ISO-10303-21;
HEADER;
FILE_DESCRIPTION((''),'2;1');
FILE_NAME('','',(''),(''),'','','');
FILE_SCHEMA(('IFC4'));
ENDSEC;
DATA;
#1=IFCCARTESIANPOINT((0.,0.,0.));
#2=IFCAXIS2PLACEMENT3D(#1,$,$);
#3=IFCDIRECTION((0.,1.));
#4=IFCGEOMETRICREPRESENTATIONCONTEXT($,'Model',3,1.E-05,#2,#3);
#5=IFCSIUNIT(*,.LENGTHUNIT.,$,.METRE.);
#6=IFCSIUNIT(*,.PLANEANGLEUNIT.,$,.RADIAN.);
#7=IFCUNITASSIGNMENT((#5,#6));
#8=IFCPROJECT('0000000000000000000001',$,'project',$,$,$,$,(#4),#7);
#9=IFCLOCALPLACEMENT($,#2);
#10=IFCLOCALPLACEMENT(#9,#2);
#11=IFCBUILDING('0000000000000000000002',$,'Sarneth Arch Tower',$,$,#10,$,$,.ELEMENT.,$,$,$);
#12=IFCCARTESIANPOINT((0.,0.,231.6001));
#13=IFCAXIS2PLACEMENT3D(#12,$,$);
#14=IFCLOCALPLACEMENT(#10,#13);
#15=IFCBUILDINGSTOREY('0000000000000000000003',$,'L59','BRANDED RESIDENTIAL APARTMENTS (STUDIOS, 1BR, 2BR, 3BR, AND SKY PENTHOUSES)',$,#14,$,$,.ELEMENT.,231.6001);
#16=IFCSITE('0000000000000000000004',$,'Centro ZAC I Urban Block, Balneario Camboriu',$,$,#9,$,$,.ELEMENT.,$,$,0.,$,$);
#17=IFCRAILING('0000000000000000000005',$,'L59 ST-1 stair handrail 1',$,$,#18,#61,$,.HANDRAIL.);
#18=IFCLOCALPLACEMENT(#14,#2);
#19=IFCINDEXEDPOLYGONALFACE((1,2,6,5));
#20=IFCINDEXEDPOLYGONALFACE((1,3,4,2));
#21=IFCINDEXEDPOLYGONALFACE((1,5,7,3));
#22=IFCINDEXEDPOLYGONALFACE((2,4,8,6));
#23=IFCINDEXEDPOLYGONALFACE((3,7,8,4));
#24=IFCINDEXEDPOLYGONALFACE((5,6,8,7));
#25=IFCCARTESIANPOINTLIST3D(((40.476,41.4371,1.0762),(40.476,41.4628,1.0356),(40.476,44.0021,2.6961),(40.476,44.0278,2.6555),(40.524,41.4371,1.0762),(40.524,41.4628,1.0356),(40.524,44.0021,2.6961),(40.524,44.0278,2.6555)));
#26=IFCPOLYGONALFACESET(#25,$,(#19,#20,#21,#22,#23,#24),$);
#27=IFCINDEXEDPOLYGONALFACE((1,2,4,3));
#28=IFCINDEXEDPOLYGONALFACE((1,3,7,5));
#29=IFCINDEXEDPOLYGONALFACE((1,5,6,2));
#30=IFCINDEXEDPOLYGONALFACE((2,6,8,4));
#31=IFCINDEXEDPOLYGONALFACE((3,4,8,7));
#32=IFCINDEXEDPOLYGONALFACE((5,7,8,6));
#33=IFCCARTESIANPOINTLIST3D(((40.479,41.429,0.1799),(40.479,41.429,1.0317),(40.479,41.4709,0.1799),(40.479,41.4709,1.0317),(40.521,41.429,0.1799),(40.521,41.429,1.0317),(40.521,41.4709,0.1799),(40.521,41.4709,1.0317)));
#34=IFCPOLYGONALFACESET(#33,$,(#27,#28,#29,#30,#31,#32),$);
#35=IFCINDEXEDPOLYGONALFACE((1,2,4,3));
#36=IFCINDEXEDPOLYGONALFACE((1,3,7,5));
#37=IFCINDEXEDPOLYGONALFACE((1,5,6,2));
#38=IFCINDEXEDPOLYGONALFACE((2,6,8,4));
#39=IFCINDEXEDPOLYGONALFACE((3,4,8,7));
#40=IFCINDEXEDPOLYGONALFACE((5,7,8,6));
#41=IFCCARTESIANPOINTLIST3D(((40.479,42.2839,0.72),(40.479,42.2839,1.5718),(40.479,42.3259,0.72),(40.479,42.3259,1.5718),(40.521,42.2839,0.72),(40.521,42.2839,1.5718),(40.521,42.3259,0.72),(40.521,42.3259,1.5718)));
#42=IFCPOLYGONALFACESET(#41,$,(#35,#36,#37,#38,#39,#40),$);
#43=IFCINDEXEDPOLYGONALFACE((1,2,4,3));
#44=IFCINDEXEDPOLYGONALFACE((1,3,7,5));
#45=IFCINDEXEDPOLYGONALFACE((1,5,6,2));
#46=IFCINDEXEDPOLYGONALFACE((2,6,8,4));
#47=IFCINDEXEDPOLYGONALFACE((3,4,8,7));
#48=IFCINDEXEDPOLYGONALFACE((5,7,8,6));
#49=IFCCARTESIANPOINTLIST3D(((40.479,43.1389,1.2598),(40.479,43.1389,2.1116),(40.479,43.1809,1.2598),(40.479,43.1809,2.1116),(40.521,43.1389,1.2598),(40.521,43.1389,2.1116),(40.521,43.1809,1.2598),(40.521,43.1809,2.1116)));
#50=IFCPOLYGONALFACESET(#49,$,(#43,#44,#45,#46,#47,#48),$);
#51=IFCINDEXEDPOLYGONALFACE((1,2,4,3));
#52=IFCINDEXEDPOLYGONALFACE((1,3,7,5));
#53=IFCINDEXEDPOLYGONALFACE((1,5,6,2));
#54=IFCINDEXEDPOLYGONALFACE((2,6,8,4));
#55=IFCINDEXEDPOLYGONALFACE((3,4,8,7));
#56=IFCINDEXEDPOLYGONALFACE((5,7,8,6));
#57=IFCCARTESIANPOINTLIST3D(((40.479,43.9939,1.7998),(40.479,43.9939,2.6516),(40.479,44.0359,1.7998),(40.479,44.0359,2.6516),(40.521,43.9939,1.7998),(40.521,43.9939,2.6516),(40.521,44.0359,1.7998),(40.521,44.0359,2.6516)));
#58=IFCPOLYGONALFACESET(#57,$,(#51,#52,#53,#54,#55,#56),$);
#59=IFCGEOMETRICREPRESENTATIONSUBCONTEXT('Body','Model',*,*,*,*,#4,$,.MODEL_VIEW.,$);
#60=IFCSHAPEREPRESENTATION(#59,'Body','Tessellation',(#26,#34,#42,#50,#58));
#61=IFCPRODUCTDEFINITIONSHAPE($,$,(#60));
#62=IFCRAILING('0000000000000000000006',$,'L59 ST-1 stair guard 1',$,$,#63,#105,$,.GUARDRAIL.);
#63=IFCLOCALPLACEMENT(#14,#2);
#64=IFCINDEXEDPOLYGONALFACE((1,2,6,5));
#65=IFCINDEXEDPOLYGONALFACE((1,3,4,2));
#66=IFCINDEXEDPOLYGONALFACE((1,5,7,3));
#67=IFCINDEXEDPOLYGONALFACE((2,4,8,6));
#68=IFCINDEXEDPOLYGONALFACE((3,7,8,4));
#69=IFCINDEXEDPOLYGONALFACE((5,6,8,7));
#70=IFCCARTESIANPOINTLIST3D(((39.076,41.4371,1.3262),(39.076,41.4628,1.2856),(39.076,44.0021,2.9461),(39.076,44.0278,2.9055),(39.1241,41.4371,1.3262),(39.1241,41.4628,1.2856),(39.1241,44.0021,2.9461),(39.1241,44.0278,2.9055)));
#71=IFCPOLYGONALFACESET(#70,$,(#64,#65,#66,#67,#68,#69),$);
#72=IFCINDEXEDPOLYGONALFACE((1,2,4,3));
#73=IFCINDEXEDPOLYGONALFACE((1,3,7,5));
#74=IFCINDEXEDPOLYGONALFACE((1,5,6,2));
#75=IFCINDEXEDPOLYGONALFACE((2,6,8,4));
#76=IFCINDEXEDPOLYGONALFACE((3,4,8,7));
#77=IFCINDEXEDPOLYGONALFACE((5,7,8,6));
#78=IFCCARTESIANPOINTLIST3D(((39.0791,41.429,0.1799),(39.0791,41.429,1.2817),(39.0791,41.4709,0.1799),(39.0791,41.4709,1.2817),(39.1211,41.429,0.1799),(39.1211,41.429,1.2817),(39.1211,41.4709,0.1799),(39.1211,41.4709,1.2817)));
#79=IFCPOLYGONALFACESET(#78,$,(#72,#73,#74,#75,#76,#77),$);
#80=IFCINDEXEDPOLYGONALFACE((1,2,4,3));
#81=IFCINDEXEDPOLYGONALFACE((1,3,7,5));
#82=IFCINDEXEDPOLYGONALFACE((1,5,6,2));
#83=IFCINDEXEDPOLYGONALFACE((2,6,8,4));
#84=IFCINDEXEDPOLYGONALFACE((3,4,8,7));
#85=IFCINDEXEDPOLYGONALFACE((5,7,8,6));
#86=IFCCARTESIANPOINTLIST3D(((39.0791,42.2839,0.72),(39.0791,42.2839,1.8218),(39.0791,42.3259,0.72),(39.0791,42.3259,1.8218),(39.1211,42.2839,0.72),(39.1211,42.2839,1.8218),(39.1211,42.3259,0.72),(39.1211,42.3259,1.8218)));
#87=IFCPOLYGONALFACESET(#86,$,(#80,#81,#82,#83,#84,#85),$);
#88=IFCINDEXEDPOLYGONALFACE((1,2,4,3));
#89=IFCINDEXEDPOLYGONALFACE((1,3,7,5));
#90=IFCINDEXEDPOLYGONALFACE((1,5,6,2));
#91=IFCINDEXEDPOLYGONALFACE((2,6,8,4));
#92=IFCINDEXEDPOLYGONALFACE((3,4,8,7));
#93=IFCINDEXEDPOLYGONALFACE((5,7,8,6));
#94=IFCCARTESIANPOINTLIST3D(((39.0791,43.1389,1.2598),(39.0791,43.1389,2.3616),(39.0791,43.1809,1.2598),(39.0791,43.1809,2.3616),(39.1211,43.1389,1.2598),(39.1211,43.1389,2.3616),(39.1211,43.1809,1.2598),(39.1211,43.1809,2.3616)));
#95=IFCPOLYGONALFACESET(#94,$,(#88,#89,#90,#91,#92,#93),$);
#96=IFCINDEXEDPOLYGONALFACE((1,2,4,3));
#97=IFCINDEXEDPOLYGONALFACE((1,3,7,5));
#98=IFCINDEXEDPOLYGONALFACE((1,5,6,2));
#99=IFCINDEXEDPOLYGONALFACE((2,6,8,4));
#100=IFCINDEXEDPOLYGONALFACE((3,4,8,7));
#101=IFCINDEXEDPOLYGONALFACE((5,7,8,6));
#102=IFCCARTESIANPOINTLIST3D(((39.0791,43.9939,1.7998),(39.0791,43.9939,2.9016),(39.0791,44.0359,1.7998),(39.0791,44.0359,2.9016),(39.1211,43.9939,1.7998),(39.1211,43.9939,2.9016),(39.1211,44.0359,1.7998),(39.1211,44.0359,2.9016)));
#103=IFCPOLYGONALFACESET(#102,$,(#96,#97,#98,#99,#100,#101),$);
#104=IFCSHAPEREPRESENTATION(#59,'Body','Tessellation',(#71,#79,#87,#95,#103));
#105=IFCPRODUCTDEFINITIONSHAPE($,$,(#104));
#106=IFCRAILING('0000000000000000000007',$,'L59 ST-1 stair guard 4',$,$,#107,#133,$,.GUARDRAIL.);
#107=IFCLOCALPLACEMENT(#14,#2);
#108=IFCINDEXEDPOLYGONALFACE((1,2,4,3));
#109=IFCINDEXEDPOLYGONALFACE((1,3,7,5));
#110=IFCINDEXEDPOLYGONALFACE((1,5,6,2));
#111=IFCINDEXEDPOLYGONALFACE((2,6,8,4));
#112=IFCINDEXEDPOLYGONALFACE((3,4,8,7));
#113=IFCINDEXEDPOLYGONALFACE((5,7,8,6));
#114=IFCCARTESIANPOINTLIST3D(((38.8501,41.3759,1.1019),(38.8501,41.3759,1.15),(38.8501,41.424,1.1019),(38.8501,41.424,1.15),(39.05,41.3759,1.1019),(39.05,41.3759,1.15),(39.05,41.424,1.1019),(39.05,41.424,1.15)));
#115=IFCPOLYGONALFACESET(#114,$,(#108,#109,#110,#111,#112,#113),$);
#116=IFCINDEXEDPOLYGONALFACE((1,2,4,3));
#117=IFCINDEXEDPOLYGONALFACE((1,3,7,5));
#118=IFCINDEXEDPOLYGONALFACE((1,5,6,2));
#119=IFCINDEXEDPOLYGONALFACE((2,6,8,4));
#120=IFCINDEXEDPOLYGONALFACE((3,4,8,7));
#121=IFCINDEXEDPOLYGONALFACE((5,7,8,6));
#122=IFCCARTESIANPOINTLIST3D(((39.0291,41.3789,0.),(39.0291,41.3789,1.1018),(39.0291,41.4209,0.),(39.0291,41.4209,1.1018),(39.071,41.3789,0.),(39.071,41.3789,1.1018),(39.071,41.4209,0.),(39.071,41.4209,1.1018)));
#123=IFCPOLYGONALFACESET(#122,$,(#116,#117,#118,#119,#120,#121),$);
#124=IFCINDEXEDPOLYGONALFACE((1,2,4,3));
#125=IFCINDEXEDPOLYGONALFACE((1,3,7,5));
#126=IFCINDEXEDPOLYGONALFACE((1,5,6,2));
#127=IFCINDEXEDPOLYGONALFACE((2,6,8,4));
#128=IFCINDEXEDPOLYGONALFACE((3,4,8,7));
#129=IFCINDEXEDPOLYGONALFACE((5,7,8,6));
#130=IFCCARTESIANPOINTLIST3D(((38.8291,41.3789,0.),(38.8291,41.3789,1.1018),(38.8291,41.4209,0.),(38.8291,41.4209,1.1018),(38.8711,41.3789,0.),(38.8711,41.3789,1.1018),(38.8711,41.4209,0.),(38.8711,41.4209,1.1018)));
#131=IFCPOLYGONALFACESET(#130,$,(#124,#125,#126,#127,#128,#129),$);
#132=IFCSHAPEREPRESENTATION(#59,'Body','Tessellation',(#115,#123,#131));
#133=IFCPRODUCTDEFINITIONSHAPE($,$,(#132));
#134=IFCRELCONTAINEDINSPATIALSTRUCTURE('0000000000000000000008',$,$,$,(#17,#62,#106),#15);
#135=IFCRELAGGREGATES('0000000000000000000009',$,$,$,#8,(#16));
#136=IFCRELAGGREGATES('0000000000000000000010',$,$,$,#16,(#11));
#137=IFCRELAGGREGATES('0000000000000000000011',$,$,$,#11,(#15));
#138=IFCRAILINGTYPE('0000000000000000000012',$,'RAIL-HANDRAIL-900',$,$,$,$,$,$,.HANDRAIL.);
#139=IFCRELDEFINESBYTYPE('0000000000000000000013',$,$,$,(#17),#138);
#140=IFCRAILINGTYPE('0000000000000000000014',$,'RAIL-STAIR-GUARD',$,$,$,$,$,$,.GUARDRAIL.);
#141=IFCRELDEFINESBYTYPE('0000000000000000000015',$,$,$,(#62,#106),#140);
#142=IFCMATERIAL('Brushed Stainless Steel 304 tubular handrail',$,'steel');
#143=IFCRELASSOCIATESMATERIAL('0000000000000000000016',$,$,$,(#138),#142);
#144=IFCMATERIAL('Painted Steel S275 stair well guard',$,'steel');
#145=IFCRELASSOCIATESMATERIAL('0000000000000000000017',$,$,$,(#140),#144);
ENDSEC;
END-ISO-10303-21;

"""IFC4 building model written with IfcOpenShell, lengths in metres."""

from ifc_helpers import new_model, si_unit, direction, frame, origin, origin_2d, place, context, subcontext, project, spatial, rectangle, extrude, material, type_object, element, save


model = new_model("IFC4")

# Units and contexts
model_context = context("Model", 3, precision=1e-05, world=origin(), true_north=direction((0.0, 1.0)))
body_context = subcontext(model_context, "Body", "Model", "MODEL_VIEW")
ifc_project = project(units=[si_unit("LENGTHUNIT", "METRE"), si_unit("PLANEANGLEUNIT", "RADIAN")], contexts=[model_context])

# Site, building, storey
site_placement = place(None, origin())
site = spatial("IfcSite", under=ifc_project, at=site_placement, Name="Centro ZAC I Urban Block, Balneario Camboriu", CompositionType="ELEMENT", RefElevation=0.0)
building_placement = place(site_placement, origin())
building = spatial("IfcBuilding", under=site, at=building_placement, Name="Sarneth Arch Tower", CompositionType="ELEMENT")
storey_placement = place(building_placement, frame((0.0, 0.0, 231.6001)))
storey = spatial("IfcBuildingStorey", under=building, at=storey_placement, Name="L59", Description="BRANDED RESIDENTIAL APARTMENTS (STUDIOS, 1BR, 2BR, 3BR, AND SKY PENTHOUSES)", CompositionType="ELEMENT", Elevation=231.6001)

# Railings
ifc_material_1 = material(Name="Brushed Stainless Steel 304 tubular handrail", Category="steel")
railing_type_1 = type_object("IfcRailingType", Name="RAIL-HANDRAIL-900", PredefinedType="HANDRAIL", material=ifc_material_1)
railing_1_placement = place(storey_placement, frame((40.5, 41.45, 0.1799)))
element("IfcRailing", 1, at=railing_1_placement, inside=storey, type_object=railing_type_1, Name="L59 ST-1 stair handrail 1", PredefinedType="HANDRAIL", context=body_context, shape_type="SweptSolid", body=[
    extrude(rectangle(XDim=0.0481, YDim=0.0481, at=origin_2d()), frame((0.0, 0.0, 0.876), z_axis=(0.0, 0.845502, 0.533972), x_axis=(-1.0, 0.0, 0.0)), (0.0, 0.0, 1.0), 3.0337),
    extrude(rectangle(XDim=0.042, YDim=0.042, at=origin_2d()), origin(), (0.0, 0.0, 1.0), 0.8518),
    extrude(rectangle(XDim=0.042, YDim=0.042, at=origin_2d()), frame((0.0, 0.855, 0.54)), (0.0, 0.0, 1.0), 0.8518),
    extrude(rectangle(XDim=0.042, YDim=0.042, at=origin_2d()), frame((0.0, 1.71, 1.0798)), (0.0, 0.0, 1.0), 0.8518),
    extrude(rectangle(XDim=0.042, YDim=0.042, at=origin_2d()), frame((0.0, 2.5649, 1.6199)), (0.0, 0.0, 1.0), 0.8518),
])
ifc_material_2 = material(Name="Painted Steel S275 stair well guard", Category="steel")
railing_type_2 = type_object("IfcRailingType", Name="RAIL-STAIR-GUARD", PredefinedType="GUARDRAIL", material=ifc_material_2)
railing_2_placement = place(storey_placement, frame((39.1001, 41.45, 0.1799)))
element("IfcRailing", 2, at=railing_2_placement, inside=storey, type_object=railing_type_2, Name="L59 ST-1 stair guard 1", PredefinedType="GUARDRAIL", context=body_context, shape_type="SweptSolid", body=[
    extrude(rectangle(XDim=0.0481, YDim=0.0481, at=origin_2d()), frame((0.0, 0.0, 1.126), z_axis=(0.0, 0.845502, 0.533972), x_axis=(-1.0, 0.0, 0.0)), (0.0, 0.0, 1.0), 3.0337),
    extrude(rectangle(XDim=0.042, YDim=0.042, at=origin_2d()), origin(), (0.0, 0.0, 1.0), 1.1018),
    extrude(rectangle(XDim=0.042, YDim=0.042, at=origin_2d()), frame((0.0, 0.855, 0.54)), (0.0, 0.0, 1.0), 1.1018),
    extrude(rectangle(XDim=0.042, YDim=0.042, at=origin_2d()), frame((0.0, 1.71, 1.0798)), (0.0, 0.0, 1.0), 1.1018),
    extrude(rectangle(XDim=0.042, YDim=0.042, at=origin_2d()), frame((0.0, 2.5649, 1.6199)), (0.0, 0.0, 1.0), 1.1018),
])
railing_3_placement = place(storey_placement, frame((39.05, 41.3999, 0.0)))
element("IfcRailing", 3, at=railing_3_placement, inside=storey, type_object=railing_type_2, Name="L59 ST-1 stair guard 4", PredefinedType="GUARDRAIL", context=body_context, shape_type="SweptSolid", body=[
    extrude(rectangle(XDim=0.0481, YDim=0.0481, at=origin_2d()), frame((0.0, 0.0, 1.126), z_axis=(-1.0, 0.0, 0.0), x_axis=(0.0, -1.0, 0.0)), (0.0, 0.0, 1.0), 0.2),
    extrude(rectangle(XDim=0.042, YDim=0.042, at=origin_2d()), origin(), (0.0, 0.0, 1.0), 1.1018),
    extrude(rectangle(XDim=0.042, YDim=0.042, at=origin_2d()), frame((-0.2, 0.0, 0.0)), (0.0, 0.0, 1.0), 1.1018),
])

save(model, "model.ifc")
